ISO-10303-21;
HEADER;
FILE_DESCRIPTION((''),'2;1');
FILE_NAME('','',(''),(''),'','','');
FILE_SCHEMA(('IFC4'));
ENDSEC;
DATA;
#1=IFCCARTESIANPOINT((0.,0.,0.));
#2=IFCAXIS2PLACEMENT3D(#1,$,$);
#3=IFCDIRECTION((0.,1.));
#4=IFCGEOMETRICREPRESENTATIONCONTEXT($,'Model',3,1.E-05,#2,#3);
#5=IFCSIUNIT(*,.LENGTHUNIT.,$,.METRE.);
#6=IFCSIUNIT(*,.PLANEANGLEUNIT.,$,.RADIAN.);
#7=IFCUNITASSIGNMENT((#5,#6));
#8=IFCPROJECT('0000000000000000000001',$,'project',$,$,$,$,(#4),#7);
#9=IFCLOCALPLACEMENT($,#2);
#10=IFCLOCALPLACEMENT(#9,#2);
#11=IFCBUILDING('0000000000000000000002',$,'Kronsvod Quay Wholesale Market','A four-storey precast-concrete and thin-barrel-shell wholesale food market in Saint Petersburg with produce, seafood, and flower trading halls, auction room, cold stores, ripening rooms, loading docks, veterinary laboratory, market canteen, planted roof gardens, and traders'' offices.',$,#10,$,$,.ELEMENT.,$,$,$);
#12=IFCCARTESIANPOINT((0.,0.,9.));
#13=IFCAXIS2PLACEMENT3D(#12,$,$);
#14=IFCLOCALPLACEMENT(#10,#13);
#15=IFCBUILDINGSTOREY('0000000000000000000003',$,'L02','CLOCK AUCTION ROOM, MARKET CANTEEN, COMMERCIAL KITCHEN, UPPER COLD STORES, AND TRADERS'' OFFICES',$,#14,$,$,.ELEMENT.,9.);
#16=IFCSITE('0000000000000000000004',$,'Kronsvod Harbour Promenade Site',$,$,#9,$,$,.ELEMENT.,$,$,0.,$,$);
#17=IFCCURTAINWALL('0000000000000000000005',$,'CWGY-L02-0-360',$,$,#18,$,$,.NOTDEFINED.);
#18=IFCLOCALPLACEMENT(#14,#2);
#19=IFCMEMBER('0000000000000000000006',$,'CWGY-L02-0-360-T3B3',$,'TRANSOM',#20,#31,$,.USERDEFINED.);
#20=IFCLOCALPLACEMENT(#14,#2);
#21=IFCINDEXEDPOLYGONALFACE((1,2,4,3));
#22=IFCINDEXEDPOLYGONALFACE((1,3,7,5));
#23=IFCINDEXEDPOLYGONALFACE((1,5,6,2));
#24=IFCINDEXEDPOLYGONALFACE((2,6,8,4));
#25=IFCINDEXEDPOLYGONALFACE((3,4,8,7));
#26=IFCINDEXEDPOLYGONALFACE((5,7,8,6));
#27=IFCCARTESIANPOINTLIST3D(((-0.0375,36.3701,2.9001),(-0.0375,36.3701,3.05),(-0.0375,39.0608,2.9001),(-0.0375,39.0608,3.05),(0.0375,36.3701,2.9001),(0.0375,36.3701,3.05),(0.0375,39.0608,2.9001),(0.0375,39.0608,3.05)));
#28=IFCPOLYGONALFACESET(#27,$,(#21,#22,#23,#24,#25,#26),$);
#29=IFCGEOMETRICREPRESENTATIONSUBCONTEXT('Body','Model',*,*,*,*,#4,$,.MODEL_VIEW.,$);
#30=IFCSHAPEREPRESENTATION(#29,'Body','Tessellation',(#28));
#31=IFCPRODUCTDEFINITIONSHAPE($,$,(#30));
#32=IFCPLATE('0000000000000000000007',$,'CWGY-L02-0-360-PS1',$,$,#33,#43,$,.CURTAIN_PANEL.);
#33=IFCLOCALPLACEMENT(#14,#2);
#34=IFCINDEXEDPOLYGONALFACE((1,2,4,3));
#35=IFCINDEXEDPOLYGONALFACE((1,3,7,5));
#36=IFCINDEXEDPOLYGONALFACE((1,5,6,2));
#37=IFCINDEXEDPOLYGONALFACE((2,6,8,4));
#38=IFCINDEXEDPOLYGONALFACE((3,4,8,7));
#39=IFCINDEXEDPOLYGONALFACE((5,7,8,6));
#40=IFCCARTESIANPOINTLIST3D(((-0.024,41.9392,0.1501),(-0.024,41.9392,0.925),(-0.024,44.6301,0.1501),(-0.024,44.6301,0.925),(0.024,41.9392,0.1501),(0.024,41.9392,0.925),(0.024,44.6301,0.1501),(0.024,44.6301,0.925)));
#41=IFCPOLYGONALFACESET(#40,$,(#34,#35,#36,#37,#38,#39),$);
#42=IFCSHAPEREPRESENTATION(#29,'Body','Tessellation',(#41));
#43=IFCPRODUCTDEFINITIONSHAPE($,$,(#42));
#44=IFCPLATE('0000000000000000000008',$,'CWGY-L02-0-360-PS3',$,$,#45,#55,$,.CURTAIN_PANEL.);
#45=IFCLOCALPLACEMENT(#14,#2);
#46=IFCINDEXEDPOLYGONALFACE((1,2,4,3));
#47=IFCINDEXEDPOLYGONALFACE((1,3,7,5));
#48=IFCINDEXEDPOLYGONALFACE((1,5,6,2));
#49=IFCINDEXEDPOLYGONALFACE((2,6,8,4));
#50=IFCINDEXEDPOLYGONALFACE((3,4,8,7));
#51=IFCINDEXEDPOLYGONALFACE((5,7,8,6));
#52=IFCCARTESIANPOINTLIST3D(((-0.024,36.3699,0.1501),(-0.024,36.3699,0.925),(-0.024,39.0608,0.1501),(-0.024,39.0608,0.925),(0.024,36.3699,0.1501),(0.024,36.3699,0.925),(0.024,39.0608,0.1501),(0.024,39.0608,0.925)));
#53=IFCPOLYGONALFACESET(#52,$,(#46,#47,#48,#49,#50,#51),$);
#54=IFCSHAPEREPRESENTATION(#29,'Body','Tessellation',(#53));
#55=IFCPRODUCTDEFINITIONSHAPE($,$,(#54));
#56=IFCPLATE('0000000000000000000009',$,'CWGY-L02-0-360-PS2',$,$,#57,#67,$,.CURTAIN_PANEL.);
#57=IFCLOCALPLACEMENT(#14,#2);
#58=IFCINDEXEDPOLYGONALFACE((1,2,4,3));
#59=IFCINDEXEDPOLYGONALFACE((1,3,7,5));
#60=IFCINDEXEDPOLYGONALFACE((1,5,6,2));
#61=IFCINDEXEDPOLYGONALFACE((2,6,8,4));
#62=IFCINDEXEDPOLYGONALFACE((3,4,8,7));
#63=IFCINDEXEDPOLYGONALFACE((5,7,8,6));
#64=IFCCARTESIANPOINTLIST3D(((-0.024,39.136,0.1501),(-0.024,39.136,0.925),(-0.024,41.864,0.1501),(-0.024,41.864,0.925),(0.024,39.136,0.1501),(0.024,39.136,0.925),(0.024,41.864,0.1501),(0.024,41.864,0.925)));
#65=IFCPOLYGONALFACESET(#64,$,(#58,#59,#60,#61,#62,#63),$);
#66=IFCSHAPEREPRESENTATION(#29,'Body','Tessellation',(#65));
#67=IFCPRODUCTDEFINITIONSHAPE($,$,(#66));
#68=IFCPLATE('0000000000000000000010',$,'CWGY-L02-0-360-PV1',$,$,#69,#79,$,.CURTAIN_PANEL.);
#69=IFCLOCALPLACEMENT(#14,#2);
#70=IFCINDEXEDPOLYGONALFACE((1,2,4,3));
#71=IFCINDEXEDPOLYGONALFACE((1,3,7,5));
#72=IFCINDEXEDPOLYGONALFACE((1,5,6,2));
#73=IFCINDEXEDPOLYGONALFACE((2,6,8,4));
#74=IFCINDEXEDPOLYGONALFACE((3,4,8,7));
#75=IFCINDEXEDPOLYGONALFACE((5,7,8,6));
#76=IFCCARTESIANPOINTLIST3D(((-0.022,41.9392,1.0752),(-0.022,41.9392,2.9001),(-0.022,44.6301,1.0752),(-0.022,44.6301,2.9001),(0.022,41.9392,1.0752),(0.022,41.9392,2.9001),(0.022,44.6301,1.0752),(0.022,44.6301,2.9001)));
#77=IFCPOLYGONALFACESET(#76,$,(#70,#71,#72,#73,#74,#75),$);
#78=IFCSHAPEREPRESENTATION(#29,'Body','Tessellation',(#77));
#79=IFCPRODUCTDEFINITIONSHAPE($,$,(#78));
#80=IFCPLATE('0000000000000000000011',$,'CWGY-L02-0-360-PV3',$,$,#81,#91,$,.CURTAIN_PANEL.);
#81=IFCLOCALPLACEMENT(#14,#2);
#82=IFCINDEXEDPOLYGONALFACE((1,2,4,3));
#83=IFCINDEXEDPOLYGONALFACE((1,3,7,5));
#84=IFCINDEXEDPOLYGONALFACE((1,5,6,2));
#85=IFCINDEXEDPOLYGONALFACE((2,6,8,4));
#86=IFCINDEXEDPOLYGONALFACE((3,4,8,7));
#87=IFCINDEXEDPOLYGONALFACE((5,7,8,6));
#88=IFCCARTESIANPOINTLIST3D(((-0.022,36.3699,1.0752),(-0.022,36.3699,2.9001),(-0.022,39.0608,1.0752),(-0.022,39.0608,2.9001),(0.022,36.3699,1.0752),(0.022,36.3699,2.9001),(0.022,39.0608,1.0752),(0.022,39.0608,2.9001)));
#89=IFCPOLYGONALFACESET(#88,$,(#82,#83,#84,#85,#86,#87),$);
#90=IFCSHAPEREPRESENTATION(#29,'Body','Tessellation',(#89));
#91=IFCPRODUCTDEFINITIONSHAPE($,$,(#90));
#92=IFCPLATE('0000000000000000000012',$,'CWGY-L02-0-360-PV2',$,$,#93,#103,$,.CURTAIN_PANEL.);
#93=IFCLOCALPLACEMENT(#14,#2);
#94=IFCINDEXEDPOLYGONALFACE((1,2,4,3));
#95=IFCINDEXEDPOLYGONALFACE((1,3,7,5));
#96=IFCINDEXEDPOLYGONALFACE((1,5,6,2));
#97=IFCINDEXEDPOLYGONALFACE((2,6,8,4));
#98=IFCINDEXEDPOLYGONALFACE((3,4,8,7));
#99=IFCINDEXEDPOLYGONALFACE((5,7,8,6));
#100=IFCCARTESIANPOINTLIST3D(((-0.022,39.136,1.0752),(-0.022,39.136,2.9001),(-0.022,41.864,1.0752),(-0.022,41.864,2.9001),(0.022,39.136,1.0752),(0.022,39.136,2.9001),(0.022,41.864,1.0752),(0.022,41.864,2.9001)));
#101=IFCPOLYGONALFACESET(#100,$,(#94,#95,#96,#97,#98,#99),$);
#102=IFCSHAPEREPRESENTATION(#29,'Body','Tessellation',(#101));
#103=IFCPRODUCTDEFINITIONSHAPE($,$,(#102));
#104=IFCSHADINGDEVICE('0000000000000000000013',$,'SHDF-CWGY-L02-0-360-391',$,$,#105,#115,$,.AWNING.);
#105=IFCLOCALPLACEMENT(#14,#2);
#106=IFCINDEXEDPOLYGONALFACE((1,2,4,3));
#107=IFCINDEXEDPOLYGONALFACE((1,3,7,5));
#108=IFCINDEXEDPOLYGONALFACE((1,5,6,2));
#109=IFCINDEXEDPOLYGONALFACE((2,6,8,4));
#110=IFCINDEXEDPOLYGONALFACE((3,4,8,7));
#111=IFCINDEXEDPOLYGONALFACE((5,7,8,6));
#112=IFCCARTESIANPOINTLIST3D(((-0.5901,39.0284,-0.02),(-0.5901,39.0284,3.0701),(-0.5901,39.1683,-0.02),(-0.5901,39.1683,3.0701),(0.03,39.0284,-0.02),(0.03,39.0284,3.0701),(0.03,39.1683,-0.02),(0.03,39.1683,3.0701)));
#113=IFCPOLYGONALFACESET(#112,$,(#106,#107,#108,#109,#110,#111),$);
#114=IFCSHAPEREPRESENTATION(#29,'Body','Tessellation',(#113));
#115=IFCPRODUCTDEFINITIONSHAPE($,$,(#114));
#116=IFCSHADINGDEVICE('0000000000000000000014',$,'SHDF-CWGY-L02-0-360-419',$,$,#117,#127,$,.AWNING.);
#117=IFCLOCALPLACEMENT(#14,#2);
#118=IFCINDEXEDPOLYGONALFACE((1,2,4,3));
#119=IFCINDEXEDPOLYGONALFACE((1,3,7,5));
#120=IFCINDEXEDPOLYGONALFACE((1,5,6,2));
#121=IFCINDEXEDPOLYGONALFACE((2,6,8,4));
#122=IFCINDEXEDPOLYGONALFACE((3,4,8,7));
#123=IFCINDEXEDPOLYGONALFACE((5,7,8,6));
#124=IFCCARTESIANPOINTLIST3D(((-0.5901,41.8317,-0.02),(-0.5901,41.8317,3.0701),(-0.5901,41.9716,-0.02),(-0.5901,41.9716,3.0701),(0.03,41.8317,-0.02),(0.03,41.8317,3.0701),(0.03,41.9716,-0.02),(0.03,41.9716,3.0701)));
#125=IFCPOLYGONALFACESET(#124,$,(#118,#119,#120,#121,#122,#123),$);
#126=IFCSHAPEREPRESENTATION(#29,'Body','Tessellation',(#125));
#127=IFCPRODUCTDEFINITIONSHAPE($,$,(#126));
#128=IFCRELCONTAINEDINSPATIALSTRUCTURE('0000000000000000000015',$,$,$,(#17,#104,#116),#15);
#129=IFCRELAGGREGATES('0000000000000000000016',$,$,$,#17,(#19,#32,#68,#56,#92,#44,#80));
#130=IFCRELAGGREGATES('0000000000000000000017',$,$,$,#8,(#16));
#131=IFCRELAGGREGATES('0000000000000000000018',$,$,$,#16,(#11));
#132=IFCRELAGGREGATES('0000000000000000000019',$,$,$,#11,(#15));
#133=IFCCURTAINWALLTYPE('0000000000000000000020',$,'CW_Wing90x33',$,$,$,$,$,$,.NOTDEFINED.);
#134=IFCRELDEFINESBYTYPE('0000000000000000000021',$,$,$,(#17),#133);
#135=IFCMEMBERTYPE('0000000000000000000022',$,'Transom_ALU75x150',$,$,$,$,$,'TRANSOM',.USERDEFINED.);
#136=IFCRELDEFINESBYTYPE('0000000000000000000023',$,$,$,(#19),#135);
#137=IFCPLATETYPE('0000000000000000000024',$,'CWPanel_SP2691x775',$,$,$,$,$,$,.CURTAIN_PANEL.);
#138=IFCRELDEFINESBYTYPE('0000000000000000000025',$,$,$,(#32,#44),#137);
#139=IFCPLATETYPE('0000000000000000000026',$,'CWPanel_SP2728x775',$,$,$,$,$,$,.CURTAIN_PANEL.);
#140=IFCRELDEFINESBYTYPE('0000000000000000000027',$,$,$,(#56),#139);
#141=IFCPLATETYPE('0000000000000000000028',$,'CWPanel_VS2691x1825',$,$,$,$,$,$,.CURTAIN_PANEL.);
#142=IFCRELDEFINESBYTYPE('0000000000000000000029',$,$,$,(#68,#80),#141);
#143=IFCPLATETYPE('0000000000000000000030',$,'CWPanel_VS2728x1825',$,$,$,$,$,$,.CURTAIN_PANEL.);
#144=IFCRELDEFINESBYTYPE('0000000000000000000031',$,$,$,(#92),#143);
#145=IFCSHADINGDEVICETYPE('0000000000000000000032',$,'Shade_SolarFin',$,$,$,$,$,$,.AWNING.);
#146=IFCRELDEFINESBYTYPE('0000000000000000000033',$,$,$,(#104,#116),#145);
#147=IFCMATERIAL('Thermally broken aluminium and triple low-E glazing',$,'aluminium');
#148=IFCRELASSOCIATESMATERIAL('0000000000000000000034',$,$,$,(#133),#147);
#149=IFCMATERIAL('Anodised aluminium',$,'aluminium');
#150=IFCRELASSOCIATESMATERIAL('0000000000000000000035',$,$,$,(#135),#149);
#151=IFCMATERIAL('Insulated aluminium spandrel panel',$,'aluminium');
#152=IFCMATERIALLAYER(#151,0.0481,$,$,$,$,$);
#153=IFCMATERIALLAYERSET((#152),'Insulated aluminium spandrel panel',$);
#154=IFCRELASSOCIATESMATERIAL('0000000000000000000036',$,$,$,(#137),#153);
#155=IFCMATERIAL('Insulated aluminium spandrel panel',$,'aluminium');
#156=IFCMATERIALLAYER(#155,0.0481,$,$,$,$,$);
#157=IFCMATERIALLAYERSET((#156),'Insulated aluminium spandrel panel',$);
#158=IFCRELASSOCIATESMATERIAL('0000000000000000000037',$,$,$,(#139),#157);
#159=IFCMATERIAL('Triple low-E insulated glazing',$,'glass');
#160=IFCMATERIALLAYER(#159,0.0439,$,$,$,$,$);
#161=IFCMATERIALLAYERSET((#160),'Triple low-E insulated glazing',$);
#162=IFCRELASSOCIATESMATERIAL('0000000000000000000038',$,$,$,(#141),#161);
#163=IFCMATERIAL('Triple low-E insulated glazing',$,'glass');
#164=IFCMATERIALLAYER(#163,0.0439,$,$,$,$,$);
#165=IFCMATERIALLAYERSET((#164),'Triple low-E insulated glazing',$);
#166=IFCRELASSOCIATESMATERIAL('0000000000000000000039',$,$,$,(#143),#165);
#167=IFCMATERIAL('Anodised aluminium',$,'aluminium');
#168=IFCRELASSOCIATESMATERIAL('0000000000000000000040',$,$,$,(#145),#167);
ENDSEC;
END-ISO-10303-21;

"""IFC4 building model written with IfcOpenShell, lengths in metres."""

from ifc_helpers import new_model, si_unit, direction, frame, origin, origin_2d, place, context, subcontext, project, spatial, rectangle, extrude, material, layer, layer_set, material_profile, profile_set, type_object, element, aggregate, save


model = new_model("IFC4")

# Units and contexts
model_context = context("Model", 3, precision=1e-05, world=origin(), true_north=direction((0.0, 1.0)))
body_context = subcontext(model_context, "Body", "Model", "MODEL_VIEW")
ifc_project = project(units=[si_unit("LENGTHUNIT", "METRE"), si_unit("PLANEANGLEUNIT", "RADIAN")], contexts=[model_context])

# Site, building, storey
site_placement = place(None, origin())
site = spatial("IfcSite", under=ifc_project, at=site_placement, Name="Kronsvod Harbour Promenade Site", CompositionType="ELEMENT", RefElevation=0.0)
building_placement = place(site_placement, origin())
building = spatial("IfcBuilding", under=site, at=building_placement, Name="Kronsvod Quay Wholesale Market", Description="A four-storey precast-concrete and thin-barrel-shell wholesale food market in Saint Petersburg with produce, seafood, and flower trading halls, auction room, cold stores, ripening rooms, loading docks, veterinary laboratory, market canteen, planted roof gardens, and traders' offices.", CompositionType="ELEMENT")
storey_placement = place(building_placement, frame((0.0, 0.0, 9.0)))
storey = spatial("IfcBuildingStorey", under=building, at=storey_placement, Name="L02", Description="CLOCK AUCTION ROOM, MARKET CANTEEN, COMMERCIAL KITCHEN, UPPER COLD STORES, AND TRADERS' OFFICES", CompositionType="ELEMENT", Elevation=9.0)

# Curtain wall
ifc_material_1 = material(Name="Thermally broken aluminium and triple low-E glazing", Category="aluminium")
curtain_wall_type = type_object("IfcCurtainWallType", Name="CW_Wing90x33", PredefinedType="NOTDEFINED", material=ifc_material_1)
curtain_wall_1_placement = place(storey_placement, origin())
curtain_wall_1 = element("IfcCurtainWall", 1, at=curtain_wall_1_placement, inside=storey, type_object=curtain_wall_type, Name="CWGY-L02-0-360", PredefinedType="NOTDEFINED")

# Member
ifc_material_2 = material(Name="Anodised aluminium", Category="aluminium")
ifc_material_profile_1 = material_profile(ifc_material_2, rectangle(XDim=0.075, YDim=0.1499, at=origin_2d()), Name="ALUT75x150")
ifc_profile_set_1 = profile_set([ifc_material_profile_1], Name="Anodised aluminium")
member_type_1 = type_object("IfcMemberType", Name="Transom_ALU75x150", ElementType="TRANSOM", PredefinedType="USERDEFINED", material=ifc_profile_set_1)
member_1_placement = place(storey_placement, frame((0.0, 39.0608, 2.9751), z_axis=(0.0, -1.0, 0.0), x_axis=(1.0, 0.0, 0.0)))
member_1 = element("IfcMember", 2, at=member_1_placement, type_object=member_type_1, Name="CWGY-L02-0-360-T3B3", ObjectType="TRANSOM", PredefinedType="USERDEFINED", context=body_context, shape_type="SweptSolid", body=[
    extrude(rectangle(XDim=0.075, YDim=0.1499, at=origin_2d()), origin(), (0.0, 0.0, 1.0), 2.6907),
])

# Plates
ifc_material_3 = material(Name="Insulated aluminium spandrel panel", Category="aluminium")
ifc_layer_1 = layer(ifc_material_3, 0.0481)
ifc_layer_set_1 = layer_set([ifc_layer_1], Name="Insulated aluminium spandrel panel")
plate_type_1 = type_object("IfcPlateType", Name="CWPanel_SP2691x775", PredefinedType="CURTAIN_PANEL", material=ifc_layer_set_1)
plate_1_placement = place(storey_placement, frame((0.0, 43.2847, 0.1501), z_axis=(0.0, 0.0, 1.0), x_axis=(0.0, -1.0, 0.0)))
plate_1 = element("IfcPlate", 3, at=plate_1_placement, type_object=plate_type_1, Name="CWGY-L02-0-360-PS1", PredefinedType="CURTAIN_PANEL", context=body_context, shape_type="SweptSolid", body=[
    extrude(rectangle(XDim=2.6909, YDim=0.0481, at=origin_2d()), origin(), (0.0, 0.0, 1.0), 0.7749),
])
plate_2_placement = place(storey_placement, frame((0.0, 37.7153, 0.1501), z_axis=(0.0, 0.0, 1.0), x_axis=(0.0, -1.0, 0.0)))
plate_2 = element("IfcPlate", 4, at=plate_2_placement, type_object=plate_type_1, Name="CWGY-L02-0-360-PS3", PredefinedType="CURTAIN_PANEL", context=body_context, shape_type="SweptSolid", body=[
    extrude(rectangle(XDim=2.6909, YDim=0.0481, at=origin_2d()), origin(), (0.0, 0.0, 1.0), 0.7749),
])
ifc_material_4 = material(Name="Insulated aluminium spandrel panel", Category="aluminium")
ifc_layer_2 = layer(ifc_material_4, 0.0481)
ifc_layer_set_2 = layer_set([ifc_layer_2], Name="Insulated aluminium spandrel panel")
plate_type_2 = type_object("IfcPlateType", Name="CWPanel_SP2728x775", PredefinedType="CURTAIN_PANEL", material=ifc_layer_set_2)
plate_3_placement = place(storey_placement, frame((0.0, 40.5, 0.1501), z_axis=(0.0, 0.0, 1.0), x_axis=(0.0, -1.0, 0.0)))
plate_3 = element("IfcPlate", 5, at=plate_3_placement, type_object=plate_type_2, Name="CWGY-L02-0-360-PS2", PredefinedType="CURTAIN_PANEL", context=body_context, shape_type="SweptSolid", body=[
    extrude(rectangle(XDim=2.728, YDim=0.0481, at=origin_2d()), origin(), (0.0, 0.0, 1.0), 0.7749),
])
ifc_material_5 = material(Name="Triple low-E insulated glazing", Category="glass")
ifc_layer_3 = layer(ifc_material_5, 0.0439)
ifc_layer_set_3 = layer_set([ifc_layer_3], Name="Triple low-E insulated glazing")
plate_type_3 = type_object("IfcPlateType", Name="CWPanel_VS2691x1825", PredefinedType="CURTAIN_PANEL", material=ifc_layer_set_3)
plate_4_placement = place(storey_placement, frame((0.0, 43.2847, 1.0752), z_axis=(0.0, 0.0, 1.0), x_axis=(0.0, -1.0, 0.0)))
plate_4 = element("IfcPlate", 6, at=plate_4_placement, type_object=plate_type_3, Name="CWGY-L02-0-360-PV1", PredefinedType="CURTAIN_PANEL", context=body_context, shape_type="SweptSolid", body=[
    extrude(rectangle(XDim=2.6909, YDim=0.0439, at=origin_2d()), origin(), (0.0, 0.0, 1.0), 1.825),
])
plate_5_placement = place(storey_placement, frame((0.0, 37.7153, 1.0752), z_axis=(0.0, 0.0, 1.0), x_axis=(0.0, -1.0, 0.0)))
plate_5 = element("IfcPlate", 7, at=plate_5_placement, type_object=plate_type_3, Name="CWGY-L02-0-360-PV3", PredefinedType="CURTAIN_PANEL", context=body_context, shape_type="SweptSolid", body=[
    extrude(rectangle(XDim=2.6909, YDim=0.0439, at=origin_2d()), origin(), (0.0, 0.0, 1.0), 1.825),
])
ifc_material_6 = material(Name="Triple low-E insulated glazing", Category="glass")
ifc_layer_4 = layer(ifc_material_6, 0.0439)
ifc_layer_set_4 = layer_set([ifc_layer_4], Name="Triple low-E insulated glazing")
plate_type_4 = type_object("IfcPlateType", Name="CWPanel_VS2728x1825", PredefinedType="CURTAIN_PANEL", material=ifc_layer_set_4)
plate_6_placement = place(storey_placement, frame((0.0, 40.5, 1.0752), z_axis=(0.0, 0.0, 1.0), x_axis=(0.0, -1.0, 0.0)))
plate_6 = element("IfcPlate", 8, at=plate_6_placement, type_object=plate_type_4, Name="CWGY-L02-0-360-PV2", PredefinedType="CURTAIN_PANEL", context=body_context, shape_type="SweptSolid", body=[
    extrude(rectangle(XDim=2.728, YDim=0.0439, at=origin_2d()), origin(), (0.0, 0.0, 1.0), 1.825),
])
aggregate(curtain_wall_1, [member_1, plate_1, plate_4, plate_3, plate_6, plate_2, plate_5])

# Shading devices
ifc_material_7 = material(Name="Anodised aluminium", Category="aluminium")
shading_device_type = type_object("IfcShadingDeviceType", Name="Shade_SolarFin", PredefinedType="AWNING", material=ifc_material_7)
for number, where, z_axis, x_axis, name in (
    (9, (-0.28, 39.0984, -0.02), (0.0, 0.0, 1.0), (1.0, 0.0, 0.0), "SHDF-CWGY-L02-0-360-391"),
    (10, (-0.28, 41.9016, -0.02), (0.0, 0.0, 1.0), (1.0, 0.0, 0.0), "SHDF-CWGY-L02-0-360-419"),
):
    element("IfcShadingDevice", number, at=place(storey_placement, frame(where, z_axis=z_axis, x_axis=x_axis)), inside=storey, type_object=shading_device_type, Name=name, PredefinedType="AWNING", context=body_context, shape_type="SweptSolid", body=[
        extrude(rectangle(XDim=0.6201, YDim=0.1399, at=origin_2d()), origin(), (0.0, 0.0, 1.0), 3.0901),
    ])

save(model, "model.ifc")
